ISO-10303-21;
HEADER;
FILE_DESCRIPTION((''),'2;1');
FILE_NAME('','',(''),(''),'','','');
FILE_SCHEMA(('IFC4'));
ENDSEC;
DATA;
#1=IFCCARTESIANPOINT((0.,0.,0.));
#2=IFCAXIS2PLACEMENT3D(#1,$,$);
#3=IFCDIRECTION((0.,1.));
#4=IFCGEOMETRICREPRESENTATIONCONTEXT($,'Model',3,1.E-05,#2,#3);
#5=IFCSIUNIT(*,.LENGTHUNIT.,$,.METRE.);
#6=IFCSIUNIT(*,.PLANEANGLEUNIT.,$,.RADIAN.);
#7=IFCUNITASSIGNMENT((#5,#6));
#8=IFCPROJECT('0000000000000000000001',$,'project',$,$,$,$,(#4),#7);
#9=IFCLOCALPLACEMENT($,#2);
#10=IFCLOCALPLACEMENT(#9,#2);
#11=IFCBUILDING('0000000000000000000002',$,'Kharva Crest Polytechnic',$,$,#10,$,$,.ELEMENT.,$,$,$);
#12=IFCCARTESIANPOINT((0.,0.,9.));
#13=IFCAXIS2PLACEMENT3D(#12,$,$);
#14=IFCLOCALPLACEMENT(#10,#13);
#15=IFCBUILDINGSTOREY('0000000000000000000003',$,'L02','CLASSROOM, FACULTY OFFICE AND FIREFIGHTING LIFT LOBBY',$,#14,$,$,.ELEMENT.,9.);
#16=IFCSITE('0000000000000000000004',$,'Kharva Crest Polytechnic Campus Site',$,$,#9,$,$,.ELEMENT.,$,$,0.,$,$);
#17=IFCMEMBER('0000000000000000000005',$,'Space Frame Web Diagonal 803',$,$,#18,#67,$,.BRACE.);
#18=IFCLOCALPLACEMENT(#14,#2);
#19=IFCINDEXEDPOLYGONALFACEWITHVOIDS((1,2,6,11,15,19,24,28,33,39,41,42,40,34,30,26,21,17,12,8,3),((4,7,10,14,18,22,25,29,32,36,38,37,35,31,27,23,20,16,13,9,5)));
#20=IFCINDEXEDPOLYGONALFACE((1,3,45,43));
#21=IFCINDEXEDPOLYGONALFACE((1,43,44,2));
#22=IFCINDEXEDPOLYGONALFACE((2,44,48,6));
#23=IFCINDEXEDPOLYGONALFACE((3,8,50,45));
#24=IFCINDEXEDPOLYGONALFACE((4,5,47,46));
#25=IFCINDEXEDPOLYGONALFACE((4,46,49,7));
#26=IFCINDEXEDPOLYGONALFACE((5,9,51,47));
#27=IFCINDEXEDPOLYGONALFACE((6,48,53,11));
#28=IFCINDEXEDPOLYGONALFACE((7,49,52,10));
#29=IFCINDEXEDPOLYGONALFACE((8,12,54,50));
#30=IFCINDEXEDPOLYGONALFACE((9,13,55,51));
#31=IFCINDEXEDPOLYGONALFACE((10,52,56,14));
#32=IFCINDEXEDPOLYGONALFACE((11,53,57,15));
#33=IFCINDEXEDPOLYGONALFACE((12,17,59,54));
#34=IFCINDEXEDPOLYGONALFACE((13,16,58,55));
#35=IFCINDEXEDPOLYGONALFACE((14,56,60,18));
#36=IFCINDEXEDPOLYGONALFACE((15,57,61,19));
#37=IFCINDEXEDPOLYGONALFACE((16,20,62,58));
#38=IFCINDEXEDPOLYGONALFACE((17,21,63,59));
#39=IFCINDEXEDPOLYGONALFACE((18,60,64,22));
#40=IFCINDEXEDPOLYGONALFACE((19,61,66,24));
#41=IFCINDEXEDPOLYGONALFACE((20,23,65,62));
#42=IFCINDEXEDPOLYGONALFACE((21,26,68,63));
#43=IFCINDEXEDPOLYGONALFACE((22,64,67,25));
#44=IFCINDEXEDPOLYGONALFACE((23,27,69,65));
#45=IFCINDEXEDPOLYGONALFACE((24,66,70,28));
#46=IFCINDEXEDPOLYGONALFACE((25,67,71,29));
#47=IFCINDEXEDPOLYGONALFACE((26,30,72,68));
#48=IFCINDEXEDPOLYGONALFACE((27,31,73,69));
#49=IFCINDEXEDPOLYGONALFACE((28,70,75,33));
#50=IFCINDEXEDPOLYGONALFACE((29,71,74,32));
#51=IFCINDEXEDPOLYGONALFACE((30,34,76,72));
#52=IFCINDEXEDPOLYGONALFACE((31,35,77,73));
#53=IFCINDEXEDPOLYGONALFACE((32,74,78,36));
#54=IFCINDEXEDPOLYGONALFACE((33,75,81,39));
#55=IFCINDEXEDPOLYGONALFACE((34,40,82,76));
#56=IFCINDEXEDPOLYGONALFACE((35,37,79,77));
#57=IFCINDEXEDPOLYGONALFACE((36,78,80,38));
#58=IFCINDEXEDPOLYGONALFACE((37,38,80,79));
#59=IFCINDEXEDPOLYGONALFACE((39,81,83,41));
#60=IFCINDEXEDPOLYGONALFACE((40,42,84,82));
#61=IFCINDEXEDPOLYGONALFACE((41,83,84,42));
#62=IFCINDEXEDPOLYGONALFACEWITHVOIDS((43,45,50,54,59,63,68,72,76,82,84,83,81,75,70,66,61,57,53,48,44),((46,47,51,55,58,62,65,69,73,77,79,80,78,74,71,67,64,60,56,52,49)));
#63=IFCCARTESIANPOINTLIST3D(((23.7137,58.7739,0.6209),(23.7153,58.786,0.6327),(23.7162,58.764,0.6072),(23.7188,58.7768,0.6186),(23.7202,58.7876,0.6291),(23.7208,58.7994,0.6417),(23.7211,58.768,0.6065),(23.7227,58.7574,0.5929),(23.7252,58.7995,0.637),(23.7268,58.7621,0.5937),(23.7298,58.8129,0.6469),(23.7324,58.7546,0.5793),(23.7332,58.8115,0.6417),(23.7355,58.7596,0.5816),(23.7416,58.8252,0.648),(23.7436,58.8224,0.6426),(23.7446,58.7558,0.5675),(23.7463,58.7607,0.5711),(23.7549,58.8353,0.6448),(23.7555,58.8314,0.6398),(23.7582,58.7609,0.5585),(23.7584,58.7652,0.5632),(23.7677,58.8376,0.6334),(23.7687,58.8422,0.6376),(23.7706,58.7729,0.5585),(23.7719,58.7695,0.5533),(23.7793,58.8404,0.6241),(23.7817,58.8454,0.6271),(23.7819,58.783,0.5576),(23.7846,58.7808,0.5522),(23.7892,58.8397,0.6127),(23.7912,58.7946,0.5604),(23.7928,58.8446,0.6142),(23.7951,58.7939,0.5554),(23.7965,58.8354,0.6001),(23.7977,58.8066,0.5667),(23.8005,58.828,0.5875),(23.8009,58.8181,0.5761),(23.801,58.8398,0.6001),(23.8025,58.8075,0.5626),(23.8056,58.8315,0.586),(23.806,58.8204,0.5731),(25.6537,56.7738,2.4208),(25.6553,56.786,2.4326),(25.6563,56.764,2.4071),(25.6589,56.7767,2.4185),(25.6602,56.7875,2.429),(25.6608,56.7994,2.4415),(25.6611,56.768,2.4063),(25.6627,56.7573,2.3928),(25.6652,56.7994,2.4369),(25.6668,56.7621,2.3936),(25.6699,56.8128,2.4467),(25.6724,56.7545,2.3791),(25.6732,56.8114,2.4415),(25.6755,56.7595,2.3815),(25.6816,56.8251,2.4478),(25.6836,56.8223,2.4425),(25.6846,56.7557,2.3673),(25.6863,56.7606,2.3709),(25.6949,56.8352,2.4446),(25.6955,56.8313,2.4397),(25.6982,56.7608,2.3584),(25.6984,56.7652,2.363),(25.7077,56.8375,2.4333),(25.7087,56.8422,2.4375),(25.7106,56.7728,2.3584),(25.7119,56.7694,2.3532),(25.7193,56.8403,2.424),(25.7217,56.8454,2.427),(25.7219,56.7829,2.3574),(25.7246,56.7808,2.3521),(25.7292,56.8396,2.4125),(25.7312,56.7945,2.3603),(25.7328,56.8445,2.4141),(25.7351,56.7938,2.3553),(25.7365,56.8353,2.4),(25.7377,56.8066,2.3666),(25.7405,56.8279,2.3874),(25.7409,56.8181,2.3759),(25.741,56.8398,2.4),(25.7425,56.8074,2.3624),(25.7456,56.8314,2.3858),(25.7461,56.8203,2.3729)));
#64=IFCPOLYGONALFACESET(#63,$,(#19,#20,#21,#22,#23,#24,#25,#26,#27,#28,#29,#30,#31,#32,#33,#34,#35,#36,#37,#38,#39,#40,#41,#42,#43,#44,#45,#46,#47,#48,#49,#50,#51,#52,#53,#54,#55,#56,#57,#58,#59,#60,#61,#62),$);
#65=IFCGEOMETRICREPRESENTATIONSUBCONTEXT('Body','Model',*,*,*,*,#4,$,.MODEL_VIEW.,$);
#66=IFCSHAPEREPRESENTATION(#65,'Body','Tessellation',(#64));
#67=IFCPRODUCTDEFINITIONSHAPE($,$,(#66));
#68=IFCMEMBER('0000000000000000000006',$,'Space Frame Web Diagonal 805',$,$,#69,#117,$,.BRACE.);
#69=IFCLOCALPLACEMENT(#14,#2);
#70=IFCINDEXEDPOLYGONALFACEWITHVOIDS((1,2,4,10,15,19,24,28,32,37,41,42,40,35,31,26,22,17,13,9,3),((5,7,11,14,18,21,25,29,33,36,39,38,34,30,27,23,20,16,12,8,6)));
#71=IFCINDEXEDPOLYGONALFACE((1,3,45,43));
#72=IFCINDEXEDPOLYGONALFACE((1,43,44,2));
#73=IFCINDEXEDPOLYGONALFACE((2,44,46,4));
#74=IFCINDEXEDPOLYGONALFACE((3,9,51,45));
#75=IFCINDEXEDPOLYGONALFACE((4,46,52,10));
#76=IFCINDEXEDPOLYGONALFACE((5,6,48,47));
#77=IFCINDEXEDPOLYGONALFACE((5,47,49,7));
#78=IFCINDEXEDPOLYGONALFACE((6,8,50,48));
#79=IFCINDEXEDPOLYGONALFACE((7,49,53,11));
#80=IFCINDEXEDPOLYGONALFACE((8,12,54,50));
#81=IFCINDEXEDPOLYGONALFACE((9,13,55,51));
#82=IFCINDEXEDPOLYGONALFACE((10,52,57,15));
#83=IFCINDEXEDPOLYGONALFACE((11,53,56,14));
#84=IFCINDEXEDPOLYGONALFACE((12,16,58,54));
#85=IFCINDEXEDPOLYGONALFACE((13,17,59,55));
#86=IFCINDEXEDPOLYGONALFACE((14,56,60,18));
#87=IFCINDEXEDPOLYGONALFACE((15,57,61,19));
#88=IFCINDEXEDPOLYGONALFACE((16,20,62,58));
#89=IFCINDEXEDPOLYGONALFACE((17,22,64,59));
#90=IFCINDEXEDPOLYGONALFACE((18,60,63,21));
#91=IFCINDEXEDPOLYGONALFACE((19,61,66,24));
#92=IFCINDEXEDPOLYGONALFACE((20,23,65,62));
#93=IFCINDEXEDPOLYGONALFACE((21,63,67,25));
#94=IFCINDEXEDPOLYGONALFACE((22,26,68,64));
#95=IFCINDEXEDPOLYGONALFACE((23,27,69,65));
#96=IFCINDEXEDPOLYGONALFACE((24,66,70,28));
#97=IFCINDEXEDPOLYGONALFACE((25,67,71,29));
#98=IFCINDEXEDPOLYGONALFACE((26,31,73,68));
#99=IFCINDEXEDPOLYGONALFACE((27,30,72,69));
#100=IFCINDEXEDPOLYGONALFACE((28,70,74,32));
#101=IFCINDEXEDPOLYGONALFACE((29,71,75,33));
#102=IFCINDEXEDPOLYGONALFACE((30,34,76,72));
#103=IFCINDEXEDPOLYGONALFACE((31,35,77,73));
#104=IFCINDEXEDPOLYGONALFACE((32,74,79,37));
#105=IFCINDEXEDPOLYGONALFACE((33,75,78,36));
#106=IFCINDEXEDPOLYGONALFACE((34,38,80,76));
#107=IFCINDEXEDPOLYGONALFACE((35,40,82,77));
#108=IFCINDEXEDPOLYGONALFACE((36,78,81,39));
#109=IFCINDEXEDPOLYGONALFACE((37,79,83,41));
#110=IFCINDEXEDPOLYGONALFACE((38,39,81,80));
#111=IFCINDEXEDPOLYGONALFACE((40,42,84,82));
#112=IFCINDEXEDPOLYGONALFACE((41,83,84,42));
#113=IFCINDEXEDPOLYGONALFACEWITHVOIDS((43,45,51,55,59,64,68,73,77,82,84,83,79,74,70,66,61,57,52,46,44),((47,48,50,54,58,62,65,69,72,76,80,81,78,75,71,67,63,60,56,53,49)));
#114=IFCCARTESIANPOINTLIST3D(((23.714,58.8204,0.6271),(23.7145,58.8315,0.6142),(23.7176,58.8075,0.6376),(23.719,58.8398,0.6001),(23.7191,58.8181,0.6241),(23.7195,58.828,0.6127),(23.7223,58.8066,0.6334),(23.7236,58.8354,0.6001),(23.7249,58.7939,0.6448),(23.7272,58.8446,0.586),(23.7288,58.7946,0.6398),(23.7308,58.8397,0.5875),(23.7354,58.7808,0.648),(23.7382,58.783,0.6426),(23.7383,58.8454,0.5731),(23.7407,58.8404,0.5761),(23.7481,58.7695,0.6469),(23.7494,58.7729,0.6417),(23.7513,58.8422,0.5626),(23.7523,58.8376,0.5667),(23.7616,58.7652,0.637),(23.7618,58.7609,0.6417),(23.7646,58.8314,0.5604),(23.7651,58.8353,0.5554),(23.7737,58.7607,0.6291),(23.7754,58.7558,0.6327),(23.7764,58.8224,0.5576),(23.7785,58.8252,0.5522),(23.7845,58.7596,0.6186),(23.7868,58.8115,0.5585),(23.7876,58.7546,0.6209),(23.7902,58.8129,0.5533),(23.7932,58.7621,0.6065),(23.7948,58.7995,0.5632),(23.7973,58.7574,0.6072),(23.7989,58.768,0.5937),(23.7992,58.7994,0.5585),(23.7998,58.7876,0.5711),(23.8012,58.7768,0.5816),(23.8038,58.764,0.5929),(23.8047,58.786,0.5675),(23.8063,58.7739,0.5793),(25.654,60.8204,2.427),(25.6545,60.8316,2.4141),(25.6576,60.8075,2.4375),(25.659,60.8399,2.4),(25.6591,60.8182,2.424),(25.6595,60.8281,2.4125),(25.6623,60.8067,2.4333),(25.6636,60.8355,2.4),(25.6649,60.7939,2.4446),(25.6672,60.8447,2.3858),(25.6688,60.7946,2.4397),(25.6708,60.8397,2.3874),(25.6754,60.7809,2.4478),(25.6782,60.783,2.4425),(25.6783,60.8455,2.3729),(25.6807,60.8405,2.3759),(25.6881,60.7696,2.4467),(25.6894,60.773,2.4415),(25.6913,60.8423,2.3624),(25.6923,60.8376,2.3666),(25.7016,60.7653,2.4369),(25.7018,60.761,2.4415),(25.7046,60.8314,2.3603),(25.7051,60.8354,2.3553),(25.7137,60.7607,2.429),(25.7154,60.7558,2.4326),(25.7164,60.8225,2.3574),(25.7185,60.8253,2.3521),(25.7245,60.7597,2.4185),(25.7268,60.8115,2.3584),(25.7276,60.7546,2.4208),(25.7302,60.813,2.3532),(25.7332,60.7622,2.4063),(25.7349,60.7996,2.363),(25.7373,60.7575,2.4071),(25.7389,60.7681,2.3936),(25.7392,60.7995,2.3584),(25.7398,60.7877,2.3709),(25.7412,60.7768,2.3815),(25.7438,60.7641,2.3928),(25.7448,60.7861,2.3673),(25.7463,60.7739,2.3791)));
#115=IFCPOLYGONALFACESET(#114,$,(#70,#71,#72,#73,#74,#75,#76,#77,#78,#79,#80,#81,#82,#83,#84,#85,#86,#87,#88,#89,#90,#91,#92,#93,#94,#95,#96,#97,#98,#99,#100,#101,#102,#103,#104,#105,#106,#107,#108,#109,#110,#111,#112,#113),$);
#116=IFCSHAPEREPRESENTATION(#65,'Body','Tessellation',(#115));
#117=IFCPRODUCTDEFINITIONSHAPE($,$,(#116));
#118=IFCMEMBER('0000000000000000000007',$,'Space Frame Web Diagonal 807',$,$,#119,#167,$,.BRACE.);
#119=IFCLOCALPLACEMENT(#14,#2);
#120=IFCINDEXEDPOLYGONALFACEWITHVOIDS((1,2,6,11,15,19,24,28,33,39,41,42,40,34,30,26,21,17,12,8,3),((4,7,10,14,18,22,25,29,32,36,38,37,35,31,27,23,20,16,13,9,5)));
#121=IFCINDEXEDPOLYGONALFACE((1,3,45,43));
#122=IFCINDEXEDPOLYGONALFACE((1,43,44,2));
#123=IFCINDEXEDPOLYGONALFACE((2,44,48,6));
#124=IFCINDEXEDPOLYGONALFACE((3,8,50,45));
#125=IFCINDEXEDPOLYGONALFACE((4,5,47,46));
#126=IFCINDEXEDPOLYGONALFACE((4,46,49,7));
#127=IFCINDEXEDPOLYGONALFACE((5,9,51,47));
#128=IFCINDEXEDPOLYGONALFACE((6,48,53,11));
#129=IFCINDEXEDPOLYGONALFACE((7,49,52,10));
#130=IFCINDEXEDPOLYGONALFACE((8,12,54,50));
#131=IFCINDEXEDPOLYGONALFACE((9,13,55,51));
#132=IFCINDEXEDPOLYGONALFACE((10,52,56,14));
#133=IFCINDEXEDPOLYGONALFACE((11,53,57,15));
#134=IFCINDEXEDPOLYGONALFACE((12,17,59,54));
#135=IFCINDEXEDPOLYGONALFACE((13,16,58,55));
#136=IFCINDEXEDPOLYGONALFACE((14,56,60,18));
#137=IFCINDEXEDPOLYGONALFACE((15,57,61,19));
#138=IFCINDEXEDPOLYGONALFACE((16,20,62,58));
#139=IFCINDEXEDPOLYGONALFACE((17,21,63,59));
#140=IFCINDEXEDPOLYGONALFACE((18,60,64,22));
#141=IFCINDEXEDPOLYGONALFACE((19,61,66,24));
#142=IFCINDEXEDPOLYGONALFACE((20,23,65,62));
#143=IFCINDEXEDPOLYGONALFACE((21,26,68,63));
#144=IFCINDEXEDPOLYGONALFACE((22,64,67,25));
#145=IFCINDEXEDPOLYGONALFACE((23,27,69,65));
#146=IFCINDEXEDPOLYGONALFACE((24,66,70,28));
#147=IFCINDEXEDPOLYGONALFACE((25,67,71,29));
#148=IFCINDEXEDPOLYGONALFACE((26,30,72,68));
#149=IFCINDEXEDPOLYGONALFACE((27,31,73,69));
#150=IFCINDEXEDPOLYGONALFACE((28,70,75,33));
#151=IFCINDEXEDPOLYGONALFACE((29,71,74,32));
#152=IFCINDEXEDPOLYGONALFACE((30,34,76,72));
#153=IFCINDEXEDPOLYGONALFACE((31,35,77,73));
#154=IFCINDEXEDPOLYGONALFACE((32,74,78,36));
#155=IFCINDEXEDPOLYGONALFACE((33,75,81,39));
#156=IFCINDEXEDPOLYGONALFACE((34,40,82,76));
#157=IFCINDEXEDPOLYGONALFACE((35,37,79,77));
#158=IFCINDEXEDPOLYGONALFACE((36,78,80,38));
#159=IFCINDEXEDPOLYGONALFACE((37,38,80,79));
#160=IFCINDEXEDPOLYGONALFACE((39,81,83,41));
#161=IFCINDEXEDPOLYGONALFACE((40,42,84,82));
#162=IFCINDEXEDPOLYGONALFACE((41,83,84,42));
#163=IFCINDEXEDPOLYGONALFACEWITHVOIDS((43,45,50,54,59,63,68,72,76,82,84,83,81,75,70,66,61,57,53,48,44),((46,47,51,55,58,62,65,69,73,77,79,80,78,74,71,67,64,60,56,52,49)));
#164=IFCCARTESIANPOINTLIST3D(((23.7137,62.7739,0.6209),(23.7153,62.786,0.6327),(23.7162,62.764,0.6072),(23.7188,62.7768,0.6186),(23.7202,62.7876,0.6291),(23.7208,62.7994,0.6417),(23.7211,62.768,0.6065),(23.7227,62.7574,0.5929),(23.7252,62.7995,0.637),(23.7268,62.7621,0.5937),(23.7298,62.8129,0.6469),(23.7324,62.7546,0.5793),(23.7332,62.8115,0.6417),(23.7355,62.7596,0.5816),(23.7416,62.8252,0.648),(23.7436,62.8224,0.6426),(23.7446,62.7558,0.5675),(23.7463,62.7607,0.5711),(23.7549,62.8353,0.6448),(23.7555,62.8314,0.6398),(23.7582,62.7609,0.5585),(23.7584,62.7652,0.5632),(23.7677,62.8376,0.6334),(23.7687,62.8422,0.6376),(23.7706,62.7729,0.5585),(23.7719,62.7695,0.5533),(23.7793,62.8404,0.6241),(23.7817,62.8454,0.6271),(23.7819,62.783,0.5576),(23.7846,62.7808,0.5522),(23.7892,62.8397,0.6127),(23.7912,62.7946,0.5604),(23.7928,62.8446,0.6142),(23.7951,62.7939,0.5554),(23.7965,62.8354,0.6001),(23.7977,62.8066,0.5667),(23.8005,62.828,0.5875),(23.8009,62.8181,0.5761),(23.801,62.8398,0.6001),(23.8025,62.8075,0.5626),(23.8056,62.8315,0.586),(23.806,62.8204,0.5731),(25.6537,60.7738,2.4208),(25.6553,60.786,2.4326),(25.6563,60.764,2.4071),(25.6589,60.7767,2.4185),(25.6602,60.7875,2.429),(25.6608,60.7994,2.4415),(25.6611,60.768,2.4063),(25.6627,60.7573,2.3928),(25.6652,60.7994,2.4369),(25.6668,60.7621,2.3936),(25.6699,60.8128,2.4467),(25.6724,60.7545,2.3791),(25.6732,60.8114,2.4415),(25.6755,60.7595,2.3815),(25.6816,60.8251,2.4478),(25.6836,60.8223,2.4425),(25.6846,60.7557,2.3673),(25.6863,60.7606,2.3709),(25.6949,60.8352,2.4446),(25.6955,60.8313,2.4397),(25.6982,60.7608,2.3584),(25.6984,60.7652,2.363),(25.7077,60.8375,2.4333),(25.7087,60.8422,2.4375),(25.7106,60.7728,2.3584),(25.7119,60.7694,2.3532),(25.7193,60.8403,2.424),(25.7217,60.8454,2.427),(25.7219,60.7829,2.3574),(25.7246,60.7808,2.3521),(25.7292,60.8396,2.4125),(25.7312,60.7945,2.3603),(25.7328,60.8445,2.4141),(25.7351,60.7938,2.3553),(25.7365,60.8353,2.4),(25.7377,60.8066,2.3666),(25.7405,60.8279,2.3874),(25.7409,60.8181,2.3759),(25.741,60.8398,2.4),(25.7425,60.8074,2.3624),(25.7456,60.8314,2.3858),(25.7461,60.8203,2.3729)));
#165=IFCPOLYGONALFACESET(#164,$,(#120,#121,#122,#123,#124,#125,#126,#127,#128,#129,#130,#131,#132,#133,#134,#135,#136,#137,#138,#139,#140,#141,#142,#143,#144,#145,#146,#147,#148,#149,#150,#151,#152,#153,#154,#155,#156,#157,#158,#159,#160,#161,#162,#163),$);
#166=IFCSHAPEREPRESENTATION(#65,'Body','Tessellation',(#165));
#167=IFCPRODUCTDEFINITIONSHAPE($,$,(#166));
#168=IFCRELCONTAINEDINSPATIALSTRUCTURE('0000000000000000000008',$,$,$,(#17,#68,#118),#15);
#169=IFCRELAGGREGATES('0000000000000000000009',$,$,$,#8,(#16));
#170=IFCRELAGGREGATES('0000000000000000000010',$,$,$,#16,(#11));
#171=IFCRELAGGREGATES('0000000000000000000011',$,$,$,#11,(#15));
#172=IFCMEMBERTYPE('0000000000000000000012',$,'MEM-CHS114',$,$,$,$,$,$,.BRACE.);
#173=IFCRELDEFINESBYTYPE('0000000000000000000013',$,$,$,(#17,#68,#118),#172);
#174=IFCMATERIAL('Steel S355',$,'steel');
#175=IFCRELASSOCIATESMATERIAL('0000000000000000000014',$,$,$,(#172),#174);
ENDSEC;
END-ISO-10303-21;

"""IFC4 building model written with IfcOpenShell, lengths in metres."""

from ifc_helpers import new_model, si_unit, direction, frame, origin, origin_2d, place, context, subcontext, project, spatial, hollow_circle, extrude, material, material_profile, profile_set, type_object, element, save


model = new_model("IFC4")

# Units and contexts
model_context = context("Model", 3, precision=1e-05, world=origin(), true_north=direction((0.0, 1.0)))
body_context = subcontext(model_context, "Body", "Model", "MODEL_VIEW")
ifc_project = project(units=[si_unit("LENGTHUNIT", "METRE"), si_unit("PLANEANGLEUNIT", "RADIAN")], contexts=[model_context])

# Site, building, storey
site_placement = place(None, origin())
site = spatial("IfcSite", under=ifc_project, at=site_placement, Name="Kharva Crest Polytechnic Campus Site", CompositionType="ELEMENT", RefElevation=0.0)
building_placement = place(site_placement, origin())
building = spatial("IfcBuilding", under=site, at=building_placement, Name="Kharva Crest Polytechnic", CompositionType="ELEMENT")
storey_placement = place(building_placement, frame((0.0, 0.0, 9.0)))
storey = spatial("IfcBuildingStorey", under=building, at=storey_placement, Name="L02", Description="CLASSROOM, FACULTY OFFICE AND FIREFIGHTING LIFT LOBBY", CompositionType="ELEMENT", Elevation=9.0)

# Shared definitions
ifc_material_1 = material(Name="Steel S355", Category="steel")

# Members
ifc_material_profile_1 = material_profile(ifc_material_1, hollow_circle(Radius=0.0571, WallThickness=0.0063, at=origin_2d()), Name="CHS 114.3X6.3")
ifc_profile_set_1 = profile_set([ifc_material_profile_1], Name="Steel S355")
member_type_1 = type_object("IfcMemberType", Name="MEM-CHS114", PredefinedType="BRACE", material=ifc_profile_set_1)
for number, where, z_axis, x_axis, name in (
    (1, (23.76, 58.8, 0.6001), (0.584843, -0.60295, 0.542596), (0.717802, 0.696247, 0.0), "Space Frame Web Diagonal 803"),
    (2, (23.76, 58.8, 0.6001), (0.584843, 0.60295, 0.542596), (-0.717802, 0.696247, 0.0), "Space Frame Web Diagonal 805"),
    (3, (23.76, 62.8, 0.6001), (0.584843, -0.60295, 0.542596), (0.717802, 0.696247, 0.0), "Space Frame Web Diagonal 807"),
):
    element("IfcMember", number, at=place(storey_placement, frame(where, z_axis=z_axis, x_axis=x_axis)), inside=storey, type_object=member_type_1, Name=name, PredefinedType="BRACE", context=body_context, shape_type="SweptSolid", body=[
        extrude(hollow_circle(Radius=0.0571, WallThickness=0.0063, at=origin_2d()), origin(), (0.0, 0.0, 1.0), 3.3171),
    ])

save(model, "model.ifc")
